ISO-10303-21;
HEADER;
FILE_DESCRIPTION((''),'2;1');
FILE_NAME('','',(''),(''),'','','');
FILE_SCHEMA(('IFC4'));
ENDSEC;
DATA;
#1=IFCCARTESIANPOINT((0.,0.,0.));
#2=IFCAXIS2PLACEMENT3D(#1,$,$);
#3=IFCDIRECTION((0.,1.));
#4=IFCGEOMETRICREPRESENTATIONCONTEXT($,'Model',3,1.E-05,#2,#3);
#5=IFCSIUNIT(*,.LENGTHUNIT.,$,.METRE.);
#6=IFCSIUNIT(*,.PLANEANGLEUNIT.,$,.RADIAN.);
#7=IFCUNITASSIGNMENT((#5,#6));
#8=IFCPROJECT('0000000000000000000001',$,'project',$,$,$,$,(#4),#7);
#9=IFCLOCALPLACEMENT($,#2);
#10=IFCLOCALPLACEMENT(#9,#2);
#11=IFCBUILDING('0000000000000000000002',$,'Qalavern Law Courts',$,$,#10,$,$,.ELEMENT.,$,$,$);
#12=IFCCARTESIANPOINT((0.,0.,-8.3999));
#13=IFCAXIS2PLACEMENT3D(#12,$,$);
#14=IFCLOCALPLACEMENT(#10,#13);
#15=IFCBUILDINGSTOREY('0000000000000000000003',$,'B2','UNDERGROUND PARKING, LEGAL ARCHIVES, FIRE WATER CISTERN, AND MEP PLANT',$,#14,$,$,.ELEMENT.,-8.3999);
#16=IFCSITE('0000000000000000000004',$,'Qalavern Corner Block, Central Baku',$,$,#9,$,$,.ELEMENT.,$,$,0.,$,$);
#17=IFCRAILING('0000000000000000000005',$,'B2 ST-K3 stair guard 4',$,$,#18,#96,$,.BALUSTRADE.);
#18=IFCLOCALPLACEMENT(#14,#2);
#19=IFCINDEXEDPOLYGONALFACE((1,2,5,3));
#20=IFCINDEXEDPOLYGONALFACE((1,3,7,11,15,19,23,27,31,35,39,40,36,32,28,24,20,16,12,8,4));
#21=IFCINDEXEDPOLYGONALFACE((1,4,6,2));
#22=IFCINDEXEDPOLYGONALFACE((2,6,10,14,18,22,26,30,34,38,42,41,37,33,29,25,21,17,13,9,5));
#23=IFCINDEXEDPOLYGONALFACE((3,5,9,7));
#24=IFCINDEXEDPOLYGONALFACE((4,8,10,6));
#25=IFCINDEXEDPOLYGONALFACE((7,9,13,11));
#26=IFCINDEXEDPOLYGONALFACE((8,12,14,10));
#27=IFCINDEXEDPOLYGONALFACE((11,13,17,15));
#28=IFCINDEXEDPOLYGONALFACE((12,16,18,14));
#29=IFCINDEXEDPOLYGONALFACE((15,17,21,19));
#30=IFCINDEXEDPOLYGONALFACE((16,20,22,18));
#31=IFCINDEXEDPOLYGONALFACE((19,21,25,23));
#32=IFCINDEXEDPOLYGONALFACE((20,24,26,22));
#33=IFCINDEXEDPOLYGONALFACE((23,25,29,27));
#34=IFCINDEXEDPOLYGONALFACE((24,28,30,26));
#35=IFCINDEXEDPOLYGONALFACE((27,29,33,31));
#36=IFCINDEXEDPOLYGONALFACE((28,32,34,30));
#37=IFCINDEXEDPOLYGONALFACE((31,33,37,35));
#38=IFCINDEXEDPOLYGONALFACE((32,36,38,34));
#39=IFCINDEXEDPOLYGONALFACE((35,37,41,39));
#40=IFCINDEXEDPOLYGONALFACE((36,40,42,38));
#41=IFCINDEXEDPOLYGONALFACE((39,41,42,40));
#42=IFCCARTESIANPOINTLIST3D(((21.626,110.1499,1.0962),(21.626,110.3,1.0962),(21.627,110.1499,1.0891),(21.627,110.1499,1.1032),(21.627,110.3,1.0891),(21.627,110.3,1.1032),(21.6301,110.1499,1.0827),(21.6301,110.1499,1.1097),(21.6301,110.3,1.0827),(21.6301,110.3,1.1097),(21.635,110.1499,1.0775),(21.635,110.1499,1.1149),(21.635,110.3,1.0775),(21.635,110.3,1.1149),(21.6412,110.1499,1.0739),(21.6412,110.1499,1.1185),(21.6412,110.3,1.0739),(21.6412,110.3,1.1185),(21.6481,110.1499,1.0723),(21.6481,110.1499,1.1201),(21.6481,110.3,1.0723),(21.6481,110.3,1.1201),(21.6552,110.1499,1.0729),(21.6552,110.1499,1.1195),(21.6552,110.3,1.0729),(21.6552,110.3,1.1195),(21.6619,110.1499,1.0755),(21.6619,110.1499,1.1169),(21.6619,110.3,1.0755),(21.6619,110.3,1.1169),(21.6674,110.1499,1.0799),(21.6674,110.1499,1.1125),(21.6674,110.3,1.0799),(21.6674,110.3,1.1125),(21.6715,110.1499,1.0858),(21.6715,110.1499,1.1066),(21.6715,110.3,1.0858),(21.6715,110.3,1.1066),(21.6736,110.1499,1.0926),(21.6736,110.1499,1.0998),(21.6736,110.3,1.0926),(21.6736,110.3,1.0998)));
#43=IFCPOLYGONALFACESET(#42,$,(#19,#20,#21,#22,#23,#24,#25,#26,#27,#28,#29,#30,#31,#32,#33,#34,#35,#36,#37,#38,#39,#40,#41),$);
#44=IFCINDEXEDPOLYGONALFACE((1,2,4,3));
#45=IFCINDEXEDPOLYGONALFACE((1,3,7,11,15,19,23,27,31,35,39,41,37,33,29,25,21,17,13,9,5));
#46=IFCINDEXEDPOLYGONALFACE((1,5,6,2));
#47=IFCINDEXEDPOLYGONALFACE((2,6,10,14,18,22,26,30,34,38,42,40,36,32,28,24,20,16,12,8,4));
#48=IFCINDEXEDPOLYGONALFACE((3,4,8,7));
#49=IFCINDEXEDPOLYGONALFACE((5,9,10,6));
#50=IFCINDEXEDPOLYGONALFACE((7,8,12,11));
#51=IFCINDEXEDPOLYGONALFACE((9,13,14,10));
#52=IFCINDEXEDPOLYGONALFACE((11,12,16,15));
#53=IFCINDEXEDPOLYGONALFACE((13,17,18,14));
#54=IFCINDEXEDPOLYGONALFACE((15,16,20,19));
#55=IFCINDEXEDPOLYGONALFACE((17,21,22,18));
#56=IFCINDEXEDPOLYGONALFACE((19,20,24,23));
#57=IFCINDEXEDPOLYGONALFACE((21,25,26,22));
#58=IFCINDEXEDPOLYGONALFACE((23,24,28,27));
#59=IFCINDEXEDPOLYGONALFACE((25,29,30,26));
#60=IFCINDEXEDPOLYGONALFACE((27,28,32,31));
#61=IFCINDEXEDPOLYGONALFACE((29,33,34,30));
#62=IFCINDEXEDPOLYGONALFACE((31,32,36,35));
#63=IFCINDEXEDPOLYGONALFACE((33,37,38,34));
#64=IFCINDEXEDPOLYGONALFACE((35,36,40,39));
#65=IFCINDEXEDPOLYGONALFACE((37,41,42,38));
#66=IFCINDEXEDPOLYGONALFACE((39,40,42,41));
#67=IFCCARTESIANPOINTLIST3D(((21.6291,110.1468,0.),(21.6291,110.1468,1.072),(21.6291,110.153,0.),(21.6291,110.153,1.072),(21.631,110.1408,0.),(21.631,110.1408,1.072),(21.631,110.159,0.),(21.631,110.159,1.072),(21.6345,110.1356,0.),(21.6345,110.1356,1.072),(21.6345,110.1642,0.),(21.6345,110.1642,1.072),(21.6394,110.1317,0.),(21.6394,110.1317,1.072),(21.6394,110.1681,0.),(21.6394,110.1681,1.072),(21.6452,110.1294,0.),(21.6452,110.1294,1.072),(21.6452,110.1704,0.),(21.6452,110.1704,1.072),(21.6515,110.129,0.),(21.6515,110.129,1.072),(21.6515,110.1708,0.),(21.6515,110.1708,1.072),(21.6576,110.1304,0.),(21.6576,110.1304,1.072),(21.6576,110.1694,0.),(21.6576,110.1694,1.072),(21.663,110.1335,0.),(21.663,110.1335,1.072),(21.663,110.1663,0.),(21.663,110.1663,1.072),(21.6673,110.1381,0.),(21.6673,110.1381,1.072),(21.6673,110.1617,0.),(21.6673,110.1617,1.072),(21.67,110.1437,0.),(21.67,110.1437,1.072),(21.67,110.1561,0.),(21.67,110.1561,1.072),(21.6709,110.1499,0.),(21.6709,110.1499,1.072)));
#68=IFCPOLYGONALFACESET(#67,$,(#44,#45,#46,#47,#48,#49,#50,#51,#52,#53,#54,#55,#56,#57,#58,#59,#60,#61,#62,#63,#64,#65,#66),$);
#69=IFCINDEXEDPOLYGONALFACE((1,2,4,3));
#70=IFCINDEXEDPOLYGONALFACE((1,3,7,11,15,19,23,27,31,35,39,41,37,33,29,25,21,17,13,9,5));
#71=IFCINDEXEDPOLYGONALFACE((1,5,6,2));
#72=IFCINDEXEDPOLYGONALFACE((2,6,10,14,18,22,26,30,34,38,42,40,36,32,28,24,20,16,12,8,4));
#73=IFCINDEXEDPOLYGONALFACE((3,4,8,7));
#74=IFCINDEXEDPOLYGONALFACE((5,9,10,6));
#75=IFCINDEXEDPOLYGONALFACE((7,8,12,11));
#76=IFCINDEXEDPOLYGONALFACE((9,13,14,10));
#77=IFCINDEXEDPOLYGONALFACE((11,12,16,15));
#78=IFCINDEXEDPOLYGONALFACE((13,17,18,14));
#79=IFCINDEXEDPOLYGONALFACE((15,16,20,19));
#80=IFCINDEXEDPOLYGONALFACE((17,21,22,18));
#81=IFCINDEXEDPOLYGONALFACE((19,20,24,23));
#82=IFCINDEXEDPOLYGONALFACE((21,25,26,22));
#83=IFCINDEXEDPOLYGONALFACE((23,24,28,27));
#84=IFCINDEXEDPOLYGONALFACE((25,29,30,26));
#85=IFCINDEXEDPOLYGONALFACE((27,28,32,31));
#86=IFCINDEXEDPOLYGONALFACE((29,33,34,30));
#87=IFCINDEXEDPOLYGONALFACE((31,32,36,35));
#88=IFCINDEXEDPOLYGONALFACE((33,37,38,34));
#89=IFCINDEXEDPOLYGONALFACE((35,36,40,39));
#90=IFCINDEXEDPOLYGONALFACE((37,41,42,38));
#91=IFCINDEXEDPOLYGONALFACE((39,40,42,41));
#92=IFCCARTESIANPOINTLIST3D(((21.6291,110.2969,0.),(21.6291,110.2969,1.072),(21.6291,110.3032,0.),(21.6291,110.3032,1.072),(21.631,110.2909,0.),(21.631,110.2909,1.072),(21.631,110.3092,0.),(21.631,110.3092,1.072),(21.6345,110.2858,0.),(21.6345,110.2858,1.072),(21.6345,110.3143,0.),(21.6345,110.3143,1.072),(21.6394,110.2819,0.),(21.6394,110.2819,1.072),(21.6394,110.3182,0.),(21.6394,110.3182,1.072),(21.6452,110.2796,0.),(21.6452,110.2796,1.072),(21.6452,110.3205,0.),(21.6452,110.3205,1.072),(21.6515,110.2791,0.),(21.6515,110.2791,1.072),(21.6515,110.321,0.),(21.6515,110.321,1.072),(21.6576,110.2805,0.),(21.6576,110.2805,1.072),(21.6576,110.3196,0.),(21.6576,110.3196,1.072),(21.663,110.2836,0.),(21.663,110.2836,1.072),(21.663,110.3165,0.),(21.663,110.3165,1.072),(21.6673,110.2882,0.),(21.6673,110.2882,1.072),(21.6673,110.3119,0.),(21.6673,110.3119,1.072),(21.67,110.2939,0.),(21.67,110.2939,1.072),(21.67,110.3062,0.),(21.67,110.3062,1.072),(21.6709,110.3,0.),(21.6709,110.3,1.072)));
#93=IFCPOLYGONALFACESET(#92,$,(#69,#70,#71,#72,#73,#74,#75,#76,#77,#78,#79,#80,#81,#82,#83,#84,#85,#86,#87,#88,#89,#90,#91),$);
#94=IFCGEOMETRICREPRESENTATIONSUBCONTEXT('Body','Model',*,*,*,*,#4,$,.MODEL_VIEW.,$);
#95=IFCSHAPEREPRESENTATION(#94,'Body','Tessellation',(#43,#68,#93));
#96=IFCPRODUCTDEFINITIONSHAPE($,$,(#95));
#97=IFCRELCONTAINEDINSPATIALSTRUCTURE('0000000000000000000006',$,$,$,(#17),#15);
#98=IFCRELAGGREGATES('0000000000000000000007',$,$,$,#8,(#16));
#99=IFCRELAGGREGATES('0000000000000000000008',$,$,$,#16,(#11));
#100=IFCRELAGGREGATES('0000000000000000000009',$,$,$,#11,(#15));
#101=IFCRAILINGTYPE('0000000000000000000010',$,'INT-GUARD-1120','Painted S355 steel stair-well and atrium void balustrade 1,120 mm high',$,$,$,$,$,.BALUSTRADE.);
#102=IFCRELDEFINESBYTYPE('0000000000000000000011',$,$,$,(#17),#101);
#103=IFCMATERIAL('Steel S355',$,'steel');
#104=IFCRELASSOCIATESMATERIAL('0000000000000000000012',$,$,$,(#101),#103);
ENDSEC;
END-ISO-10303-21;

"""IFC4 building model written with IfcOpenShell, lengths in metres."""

from ifc_helpers import new_model, si_unit, direction, frame, origin, origin_2d, place, context, subcontext, project, spatial, circle, extrude, material, type_object, element, save


model = new_model("IFC4")

# Units and contexts
model_context = context("Model", 3, precision=1e-05, world=origin(), true_north=direction((0.0, 1.0)))
body_context = subcontext(model_context, "Body", "Model", "MODEL_VIEW")
ifc_project = project(units=[si_unit("LENGTHUNIT", "METRE"), si_unit("PLANEANGLEUNIT", "RADIAN")], contexts=[model_context])

# Site, building, storey
site_placement = place(None, origin())
site = spatial("IfcSite", under=ifc_project, at=site_placement, Name="Qalavern Corner Block, Central Baku", CompositionType="ELEMENT", RefElevation=0.0)
building_placement = place(site_placement, origin())
building = spatial("IfcBuilding", under=site, at=building_placement, Name="Qalavern Law Courts", CompositionType="ELEMENT")
storey_placement = place(building_placement, frame((0.0, 0.0, -8.3999)))
storey = spatial("IfcBuildingStorey", under=building, at=storey_placement, Name="B2", Description="UNDERGROUND PARKING, LEGAL ARCHIVES, FIRE WATER CISTERN, AND MEP PLANT", CompositionType="ELEMENT", Elevation=-8.3999)

# Railing
ifc_material_1 = material(Name="Steel S355", Category="steel")
railing_type_1 = type_object("IfcRailingType", Name="INT-GUARD-1120", Description="Painted S355 steel stair-well and atrium void balustrade 1,120 mm high", PredefinedType="BALUSTRADE", material=ifc_material_1)
railing_1_placement = place(storey_placement, frame((21.6499, 110.1499, 0.0)))
element("IfcRailing", 1, at=railing_1_placement, inside=storey, type_object=railing_type_1, Name="B2 ST-K3 stair guard 4", PredefinedType="BALUSTRADE", context=body_context, shape_type="SweptSolid", body=[
    extrude(circle(Radius=0.0239, at=origin_2d()), frame((0.0, 0.0, 1.0962), z_axis=(0.0, 1.0, 0.0), x_axis=(-1.0, 0.0, 0.0)), (0.0, 0.0, 1.0), 0.1501),
    extrude(circle(Radius=0.021, at=origin_2d()), origin(), (0.0, 0.0, 1.0), 1.072),
    extrude(circle(Radius=0.021, at=origin_2d()), frame((0.0, 0.1501, 0.0)), (0.0, 0.0, 1.0), 1.072),
])

save(model, "model.ifc")
